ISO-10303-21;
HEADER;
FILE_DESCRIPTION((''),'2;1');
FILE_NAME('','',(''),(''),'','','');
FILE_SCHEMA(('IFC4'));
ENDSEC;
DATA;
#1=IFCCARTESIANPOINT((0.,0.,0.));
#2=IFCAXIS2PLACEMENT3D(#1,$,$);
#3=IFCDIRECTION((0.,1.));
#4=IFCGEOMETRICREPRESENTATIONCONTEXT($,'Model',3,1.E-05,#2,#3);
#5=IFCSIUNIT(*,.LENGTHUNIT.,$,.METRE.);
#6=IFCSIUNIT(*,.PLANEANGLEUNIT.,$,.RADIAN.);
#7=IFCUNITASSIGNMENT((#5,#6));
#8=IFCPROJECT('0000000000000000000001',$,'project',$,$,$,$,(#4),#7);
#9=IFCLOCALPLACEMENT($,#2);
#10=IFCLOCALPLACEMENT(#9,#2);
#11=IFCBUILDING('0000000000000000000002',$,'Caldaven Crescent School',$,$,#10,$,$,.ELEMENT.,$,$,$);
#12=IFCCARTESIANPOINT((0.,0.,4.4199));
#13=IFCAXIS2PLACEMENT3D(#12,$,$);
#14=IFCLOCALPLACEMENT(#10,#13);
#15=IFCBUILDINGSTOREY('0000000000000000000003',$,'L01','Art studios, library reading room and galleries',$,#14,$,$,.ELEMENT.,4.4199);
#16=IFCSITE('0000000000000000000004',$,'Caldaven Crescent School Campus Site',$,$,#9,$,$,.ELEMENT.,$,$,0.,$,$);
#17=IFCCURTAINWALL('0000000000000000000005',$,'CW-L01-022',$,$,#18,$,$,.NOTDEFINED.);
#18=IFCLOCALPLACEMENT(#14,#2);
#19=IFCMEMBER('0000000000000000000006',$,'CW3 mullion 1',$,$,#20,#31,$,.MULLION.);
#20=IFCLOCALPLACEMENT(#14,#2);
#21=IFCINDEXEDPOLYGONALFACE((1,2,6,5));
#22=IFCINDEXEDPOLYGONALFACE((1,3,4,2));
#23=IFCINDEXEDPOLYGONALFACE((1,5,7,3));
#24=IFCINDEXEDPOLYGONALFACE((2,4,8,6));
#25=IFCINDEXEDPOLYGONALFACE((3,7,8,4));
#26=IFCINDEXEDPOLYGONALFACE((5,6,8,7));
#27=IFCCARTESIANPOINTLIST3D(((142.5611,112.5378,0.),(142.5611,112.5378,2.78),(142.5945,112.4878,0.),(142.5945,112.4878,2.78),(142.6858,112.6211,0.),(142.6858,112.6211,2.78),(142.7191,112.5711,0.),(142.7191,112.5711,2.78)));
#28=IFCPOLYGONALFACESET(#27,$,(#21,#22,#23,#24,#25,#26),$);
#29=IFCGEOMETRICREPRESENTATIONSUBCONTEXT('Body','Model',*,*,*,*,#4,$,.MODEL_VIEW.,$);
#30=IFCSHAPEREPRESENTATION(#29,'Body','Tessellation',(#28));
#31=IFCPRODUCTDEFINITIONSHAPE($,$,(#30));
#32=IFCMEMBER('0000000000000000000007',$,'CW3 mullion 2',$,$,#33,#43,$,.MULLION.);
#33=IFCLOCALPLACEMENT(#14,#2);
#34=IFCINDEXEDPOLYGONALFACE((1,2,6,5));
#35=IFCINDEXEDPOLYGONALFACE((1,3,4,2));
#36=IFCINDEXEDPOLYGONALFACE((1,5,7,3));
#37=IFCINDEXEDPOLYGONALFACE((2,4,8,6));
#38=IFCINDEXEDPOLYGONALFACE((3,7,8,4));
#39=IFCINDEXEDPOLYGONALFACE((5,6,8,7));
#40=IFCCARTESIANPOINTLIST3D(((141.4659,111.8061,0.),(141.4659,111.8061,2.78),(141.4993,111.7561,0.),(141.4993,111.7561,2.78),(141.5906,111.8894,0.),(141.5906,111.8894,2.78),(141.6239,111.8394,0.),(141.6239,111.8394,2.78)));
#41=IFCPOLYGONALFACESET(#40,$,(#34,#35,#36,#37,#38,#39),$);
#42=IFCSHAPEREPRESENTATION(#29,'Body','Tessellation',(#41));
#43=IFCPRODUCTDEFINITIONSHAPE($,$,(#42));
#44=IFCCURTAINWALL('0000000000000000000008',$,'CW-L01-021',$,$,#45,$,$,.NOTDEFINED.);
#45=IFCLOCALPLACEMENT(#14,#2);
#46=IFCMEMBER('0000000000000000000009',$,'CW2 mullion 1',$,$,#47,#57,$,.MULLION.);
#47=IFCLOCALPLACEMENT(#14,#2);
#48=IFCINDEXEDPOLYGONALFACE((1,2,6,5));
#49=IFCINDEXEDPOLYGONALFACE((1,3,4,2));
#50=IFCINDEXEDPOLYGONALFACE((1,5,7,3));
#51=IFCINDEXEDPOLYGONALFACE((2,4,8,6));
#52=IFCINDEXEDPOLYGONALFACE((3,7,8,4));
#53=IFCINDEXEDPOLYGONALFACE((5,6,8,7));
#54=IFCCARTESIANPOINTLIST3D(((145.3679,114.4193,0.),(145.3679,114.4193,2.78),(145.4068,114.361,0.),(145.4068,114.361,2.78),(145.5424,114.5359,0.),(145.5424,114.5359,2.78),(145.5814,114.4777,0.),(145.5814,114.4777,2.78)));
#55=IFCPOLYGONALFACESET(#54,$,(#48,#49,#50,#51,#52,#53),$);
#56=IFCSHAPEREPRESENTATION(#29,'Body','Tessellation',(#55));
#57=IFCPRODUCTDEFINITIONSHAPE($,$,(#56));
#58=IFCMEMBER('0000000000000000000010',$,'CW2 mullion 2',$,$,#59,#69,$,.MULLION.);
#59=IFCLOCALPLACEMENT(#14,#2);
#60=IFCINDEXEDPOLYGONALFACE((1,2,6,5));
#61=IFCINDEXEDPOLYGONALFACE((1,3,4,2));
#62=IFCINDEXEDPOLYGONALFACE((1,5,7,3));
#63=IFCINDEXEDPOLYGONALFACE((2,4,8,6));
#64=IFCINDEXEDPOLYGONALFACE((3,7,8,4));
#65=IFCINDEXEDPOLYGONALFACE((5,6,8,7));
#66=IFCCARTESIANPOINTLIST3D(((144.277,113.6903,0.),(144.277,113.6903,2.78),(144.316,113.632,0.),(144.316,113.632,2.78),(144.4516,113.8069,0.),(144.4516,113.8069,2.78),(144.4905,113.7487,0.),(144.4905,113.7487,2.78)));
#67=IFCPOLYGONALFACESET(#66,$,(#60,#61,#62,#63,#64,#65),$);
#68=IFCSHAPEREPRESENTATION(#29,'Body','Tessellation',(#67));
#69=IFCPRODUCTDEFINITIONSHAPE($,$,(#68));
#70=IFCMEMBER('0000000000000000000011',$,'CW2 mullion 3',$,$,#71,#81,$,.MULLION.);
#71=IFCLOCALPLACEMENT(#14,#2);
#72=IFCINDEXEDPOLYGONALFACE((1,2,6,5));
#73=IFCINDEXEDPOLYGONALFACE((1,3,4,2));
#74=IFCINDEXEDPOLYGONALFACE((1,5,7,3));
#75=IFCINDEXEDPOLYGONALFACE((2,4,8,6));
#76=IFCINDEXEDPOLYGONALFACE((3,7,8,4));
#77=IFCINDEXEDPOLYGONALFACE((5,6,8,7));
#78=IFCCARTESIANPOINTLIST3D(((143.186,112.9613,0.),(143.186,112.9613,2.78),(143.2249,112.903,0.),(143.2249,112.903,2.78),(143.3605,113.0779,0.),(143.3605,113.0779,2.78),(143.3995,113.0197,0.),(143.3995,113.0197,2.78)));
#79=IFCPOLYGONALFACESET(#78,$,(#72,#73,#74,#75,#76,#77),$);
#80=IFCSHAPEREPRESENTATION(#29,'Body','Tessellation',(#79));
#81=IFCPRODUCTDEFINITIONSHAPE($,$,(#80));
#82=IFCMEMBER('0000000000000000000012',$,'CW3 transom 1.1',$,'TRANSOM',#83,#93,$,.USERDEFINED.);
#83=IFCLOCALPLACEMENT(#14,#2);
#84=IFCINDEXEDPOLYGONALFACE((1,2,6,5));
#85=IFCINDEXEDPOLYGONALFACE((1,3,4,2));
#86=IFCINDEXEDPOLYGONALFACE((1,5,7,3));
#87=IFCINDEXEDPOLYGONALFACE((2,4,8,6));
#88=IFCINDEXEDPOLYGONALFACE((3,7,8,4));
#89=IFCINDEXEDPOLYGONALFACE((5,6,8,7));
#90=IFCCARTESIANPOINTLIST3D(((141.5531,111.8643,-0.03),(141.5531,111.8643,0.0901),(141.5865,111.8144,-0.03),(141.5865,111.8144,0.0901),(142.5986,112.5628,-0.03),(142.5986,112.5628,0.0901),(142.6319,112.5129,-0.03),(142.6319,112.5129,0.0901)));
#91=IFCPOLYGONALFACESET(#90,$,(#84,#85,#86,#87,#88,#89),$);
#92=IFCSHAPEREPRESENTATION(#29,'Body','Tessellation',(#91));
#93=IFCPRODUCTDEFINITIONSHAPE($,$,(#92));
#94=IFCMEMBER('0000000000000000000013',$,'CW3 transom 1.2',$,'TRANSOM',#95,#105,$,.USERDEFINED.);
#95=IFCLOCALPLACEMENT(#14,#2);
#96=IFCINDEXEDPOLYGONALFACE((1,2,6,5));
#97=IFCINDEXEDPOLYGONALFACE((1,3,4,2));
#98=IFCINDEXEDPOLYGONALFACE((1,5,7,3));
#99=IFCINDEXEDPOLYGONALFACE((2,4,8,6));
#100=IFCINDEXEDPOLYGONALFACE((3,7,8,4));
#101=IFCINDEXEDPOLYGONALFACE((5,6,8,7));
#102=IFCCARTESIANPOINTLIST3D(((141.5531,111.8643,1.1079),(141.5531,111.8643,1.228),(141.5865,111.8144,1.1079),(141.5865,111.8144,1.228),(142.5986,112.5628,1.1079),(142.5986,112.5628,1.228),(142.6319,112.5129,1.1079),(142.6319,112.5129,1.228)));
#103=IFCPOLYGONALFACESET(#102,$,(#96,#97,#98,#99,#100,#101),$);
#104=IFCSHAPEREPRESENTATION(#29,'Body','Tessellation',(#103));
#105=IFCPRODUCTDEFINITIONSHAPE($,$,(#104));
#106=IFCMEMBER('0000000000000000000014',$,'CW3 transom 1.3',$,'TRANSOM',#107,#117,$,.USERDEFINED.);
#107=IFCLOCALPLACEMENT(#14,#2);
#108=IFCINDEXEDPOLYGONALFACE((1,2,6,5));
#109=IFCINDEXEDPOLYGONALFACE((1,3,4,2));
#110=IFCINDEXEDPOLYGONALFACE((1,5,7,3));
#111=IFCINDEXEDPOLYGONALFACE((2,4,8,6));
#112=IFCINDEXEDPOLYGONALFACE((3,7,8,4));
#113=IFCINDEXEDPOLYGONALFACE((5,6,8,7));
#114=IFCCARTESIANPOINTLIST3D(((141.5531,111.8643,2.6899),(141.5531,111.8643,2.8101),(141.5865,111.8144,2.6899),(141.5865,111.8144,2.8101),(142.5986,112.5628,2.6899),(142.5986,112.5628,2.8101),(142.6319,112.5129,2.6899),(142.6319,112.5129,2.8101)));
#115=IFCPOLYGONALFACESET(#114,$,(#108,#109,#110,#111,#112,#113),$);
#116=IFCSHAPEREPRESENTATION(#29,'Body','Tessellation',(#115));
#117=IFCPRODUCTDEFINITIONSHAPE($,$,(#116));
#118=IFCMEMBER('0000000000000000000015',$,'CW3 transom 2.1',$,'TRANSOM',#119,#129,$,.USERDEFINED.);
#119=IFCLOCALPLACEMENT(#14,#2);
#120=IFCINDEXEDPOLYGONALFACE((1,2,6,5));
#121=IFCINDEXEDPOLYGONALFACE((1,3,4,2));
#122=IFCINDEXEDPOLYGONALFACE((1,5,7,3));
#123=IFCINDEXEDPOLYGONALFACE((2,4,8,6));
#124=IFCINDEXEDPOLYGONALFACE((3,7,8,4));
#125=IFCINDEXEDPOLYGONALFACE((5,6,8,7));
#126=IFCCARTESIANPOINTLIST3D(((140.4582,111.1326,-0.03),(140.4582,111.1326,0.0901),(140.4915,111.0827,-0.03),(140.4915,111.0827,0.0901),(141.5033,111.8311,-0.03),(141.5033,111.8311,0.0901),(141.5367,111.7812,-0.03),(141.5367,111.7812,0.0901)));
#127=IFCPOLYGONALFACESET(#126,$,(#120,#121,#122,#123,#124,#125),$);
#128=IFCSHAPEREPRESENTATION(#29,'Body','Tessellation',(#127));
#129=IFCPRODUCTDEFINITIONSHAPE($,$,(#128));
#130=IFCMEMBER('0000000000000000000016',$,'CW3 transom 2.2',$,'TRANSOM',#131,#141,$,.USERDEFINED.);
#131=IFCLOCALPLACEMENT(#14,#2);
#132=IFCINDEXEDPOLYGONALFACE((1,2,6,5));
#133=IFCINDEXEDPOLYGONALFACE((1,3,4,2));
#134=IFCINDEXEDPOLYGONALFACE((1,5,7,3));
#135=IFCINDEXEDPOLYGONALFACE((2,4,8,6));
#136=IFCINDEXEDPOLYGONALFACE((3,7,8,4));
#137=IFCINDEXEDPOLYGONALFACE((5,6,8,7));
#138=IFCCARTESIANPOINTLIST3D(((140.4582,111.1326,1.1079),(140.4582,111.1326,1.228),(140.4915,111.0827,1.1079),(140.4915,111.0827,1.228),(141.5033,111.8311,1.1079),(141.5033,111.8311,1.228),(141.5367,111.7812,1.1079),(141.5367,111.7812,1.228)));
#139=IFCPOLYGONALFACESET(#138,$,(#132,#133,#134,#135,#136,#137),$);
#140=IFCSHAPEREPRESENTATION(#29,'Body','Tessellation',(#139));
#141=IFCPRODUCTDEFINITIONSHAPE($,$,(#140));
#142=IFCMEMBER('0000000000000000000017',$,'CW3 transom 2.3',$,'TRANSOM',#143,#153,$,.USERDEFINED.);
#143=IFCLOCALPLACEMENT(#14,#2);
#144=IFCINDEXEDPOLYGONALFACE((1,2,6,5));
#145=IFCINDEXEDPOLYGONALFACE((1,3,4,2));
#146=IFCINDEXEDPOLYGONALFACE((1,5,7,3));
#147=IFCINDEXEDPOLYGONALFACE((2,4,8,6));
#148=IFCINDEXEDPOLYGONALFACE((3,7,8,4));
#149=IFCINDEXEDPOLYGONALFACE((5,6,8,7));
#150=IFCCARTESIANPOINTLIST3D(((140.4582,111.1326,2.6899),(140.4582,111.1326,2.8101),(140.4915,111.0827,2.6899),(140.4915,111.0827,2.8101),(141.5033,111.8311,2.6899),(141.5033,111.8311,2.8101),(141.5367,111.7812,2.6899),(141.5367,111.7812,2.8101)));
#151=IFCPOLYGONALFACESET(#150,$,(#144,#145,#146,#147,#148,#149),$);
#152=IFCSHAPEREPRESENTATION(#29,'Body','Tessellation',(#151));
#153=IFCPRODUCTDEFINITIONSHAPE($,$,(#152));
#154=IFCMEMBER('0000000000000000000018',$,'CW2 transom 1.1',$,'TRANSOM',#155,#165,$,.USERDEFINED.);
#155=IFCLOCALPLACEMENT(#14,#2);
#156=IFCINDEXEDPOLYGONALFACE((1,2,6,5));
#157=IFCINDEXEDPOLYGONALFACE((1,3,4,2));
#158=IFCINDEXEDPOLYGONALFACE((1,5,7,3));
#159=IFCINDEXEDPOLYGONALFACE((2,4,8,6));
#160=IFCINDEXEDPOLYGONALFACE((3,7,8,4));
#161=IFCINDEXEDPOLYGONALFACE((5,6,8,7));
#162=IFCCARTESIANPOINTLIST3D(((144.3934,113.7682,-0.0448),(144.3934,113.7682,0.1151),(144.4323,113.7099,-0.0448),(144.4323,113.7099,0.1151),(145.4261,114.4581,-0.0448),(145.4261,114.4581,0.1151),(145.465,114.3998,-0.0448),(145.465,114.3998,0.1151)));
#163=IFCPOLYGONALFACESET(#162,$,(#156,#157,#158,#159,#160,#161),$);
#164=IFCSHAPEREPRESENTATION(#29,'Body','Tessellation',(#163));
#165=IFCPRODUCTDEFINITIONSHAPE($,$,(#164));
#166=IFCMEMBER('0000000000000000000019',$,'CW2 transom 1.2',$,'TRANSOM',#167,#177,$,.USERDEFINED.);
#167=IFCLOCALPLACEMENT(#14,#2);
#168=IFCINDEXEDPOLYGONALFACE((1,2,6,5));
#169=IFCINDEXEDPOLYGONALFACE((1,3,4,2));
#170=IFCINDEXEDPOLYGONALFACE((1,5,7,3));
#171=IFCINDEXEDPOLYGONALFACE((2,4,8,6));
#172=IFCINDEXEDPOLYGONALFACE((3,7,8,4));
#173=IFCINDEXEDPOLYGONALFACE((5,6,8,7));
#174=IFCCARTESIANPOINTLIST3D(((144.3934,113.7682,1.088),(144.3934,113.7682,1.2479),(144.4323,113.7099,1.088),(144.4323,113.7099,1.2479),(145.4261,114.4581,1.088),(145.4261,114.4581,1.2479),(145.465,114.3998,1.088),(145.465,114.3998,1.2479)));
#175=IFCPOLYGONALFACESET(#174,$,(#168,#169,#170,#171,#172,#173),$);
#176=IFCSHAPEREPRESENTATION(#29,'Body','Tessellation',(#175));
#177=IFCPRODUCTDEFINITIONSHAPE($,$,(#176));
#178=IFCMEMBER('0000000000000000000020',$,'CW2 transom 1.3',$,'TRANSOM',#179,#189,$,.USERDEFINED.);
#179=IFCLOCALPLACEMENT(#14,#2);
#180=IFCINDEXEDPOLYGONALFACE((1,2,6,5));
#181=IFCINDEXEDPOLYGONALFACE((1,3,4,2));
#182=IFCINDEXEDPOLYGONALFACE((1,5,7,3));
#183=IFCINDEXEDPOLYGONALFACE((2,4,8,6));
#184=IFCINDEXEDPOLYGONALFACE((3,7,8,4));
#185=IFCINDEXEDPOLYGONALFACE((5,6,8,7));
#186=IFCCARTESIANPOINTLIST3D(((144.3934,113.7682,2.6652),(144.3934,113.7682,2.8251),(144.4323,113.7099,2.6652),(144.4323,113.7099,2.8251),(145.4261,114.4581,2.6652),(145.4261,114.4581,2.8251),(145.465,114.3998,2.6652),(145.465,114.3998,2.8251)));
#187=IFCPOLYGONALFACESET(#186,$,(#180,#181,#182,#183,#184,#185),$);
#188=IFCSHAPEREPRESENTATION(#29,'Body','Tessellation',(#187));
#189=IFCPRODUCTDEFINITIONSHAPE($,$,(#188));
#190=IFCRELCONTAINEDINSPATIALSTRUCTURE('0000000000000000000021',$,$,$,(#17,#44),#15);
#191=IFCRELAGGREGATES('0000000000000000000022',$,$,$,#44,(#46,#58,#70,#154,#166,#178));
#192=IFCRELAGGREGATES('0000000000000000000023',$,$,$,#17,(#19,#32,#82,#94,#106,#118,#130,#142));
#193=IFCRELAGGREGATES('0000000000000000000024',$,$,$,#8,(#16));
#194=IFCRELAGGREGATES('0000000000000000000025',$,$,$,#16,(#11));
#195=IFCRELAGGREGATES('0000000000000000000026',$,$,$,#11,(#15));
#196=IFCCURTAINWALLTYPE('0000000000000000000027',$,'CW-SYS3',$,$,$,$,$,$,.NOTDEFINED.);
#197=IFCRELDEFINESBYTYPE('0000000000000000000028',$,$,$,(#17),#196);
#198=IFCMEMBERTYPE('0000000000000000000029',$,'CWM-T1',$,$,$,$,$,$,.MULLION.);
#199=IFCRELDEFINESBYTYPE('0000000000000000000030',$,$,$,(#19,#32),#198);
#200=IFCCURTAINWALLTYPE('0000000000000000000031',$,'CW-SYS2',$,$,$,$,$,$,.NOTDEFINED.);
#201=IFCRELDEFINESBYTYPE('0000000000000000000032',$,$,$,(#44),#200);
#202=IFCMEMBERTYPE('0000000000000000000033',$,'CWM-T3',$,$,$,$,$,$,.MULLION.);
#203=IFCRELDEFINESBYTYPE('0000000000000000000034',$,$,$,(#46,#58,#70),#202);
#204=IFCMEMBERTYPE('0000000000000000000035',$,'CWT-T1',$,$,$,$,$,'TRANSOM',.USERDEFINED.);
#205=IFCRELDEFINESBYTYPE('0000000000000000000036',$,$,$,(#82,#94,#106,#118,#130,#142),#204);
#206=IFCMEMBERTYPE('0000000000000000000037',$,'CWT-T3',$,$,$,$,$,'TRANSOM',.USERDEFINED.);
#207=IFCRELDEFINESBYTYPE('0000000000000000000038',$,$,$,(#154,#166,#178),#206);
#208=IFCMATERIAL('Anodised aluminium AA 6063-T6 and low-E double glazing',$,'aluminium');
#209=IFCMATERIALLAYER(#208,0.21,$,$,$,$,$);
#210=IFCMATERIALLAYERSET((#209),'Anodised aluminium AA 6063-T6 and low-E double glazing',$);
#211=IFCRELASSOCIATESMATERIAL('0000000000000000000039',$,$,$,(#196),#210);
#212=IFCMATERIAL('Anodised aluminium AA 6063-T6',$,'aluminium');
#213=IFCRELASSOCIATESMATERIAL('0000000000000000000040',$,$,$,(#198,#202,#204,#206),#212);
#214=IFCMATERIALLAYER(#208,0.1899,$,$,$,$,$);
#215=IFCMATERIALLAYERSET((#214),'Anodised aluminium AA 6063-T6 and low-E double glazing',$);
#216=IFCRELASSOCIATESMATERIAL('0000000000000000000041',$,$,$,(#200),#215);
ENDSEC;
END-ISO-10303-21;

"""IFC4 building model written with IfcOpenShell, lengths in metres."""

from ifc_helpers import new_model, si_unit, direction, frame, origin, origin_2d, place, context, subcontext, project, spatial, rectangle, extrude, material, layer, layer_set, material_profile, profile_set, type_object, element, aggregate, save


model = new_model("IFC4")

# Units and contexts
model_context = context("Model", 3, precision=1e-05, world=origin(), true_north=direction((0.0, 1.0)))
body_context = subcontext(model_context, "Body", "Model", "MODEL_VIEW")
ifc_project = project(units=[si_unit("LENGTHUNIT", "METRE"), si_unit("PLANEANGLEUNIT", "RADIAN")], contexts=[model_context])

# Site, building, storey
site_placement = place(None, origin())
site = spatial("IfcSite", under=ifc_project, at=site_placement, Name="Caldaven Crescent School Campus Site", CompositionType="ELEMENT", RefElevation=0.0)
building_placement = place(site_placement, origin())
building = spatial("IfcBuilding", under=site, at=building_placement, Name="Caldaven Crescent School", CompositionType="ELEMENT")
storey_placement = place(building_placement, frame((0.0, 0.0, 4.4199)))
storey = spatial("IfcBuildingStorey", under=building, at=storey_placement, Name="L01", Description="Art studios, library reading room and galleries", CompositionType="ELEMENT", Elevation=4.4199)

# Curtain walls, members
ifc_material_1 = material(Name="Anodised aluminium AA 6063-T6 and low-E double glazing", Category="aluminium")
ifc_layer_1 = layer(ifc_material_1, 0.21)
ifc_layer_set_1 = layer_set([ifc_layer_1], Name="Anodised aluminium AA 6063-T6 and low-E double glazing")
curtain_wall_type_1 = type_object("IfcCurtainWallType", Name="CW-SYS3", PredefinedType="NOTDEFINED", material=ifc_layer_set_1)
curtain_wall_1_placement = place(storey_placement, origin())
curtain_wall_1 = element("IfcCurtainWall", 1, at=curtain_wall_1_placement, inside=storey, type_object=curtain_wall_type_1, Name="CW-L01-022", PredefinedType="NOTDEFINED")
ifc_material_2 = material(Name="Anodised aluminium AA 6063-T6", Category="aluminium")
ifc_material_profile_1 = material_profile(ifc_material_2, rectangle(XDim=0.0601, YDim=0.1499, at=origin_2d()), Name="CWM 60x150")
ifc_profile_set_1 = profile_set([ifc_material_profile_1], Name="Anodised aluminium AA 6063-T6")
member_type_1 = type_object("IfcMemberType", Name="CWM-T1", PredefinedType="MULLION", material=ifc_profile_set_1)
member_1_placement = place(storey_placement, frame((142.6401, 112.5544, 0.0), z_axis=(0.0, 0.0, 1.0), x_axis=(0.555572, -0.831469, 0.0)))
member_1 = element("IfcMember", 2, at=member_1_placement, type_object=member_type_1, Name="CW3 mullion 1", PredefinedType="MULLION", context=body_context, shape_type="SweptSolid", body=[
    extrude(rectangle(XDim=0.0601, YDim=0.1499, at=origin_2d()), origin(), (0.0, 0.0, 1.0), 2.78),
])
member_2_placement = place(storey_placement, frame((141.5449, 111.8228, 0.0), z_axis=(0.0, 0.0, 1.0), x_axis=(0.555572, -0.831469, 0.0)))
member_2 = element("IfcMember", 3, at=member_2_placement, type_object=member_type_1, Name="CW3 mullion 2", PredefinedType="MULLION", context=body_context, shape_type="SweptSolid", body=[
    extrude(rectangle(XDim=0.0601, YDim=0.1499, at=origin_2d()), origin(), (0.0, 0.0, 1.0), 2.78),
])
ifc_layer_2 = layer(ifc_material_1, 0.1899)
ifc_layer_set_2 = layer_set([ifc_layer_2], Name="Anodised aluminium AA 6063-T6 and low-E double glazing")
curtain_wall_type_2 = type_object("IfcCurtainWallType", Name="CW-SYS2", PredefinedType="NOTDEFINED", material=ifc_layer_set_2)
curtain_wall_2_placement = place(storey_placement, origin())
curtain_wall_2 = element("IfcCurtainWall", 4, at=curtain_wall_2_placement, inside=storey, type_object=curtain_wall_type_2, Name="CW-L01-021", PredefinedType="NOTDEFINED")
ifc_material_profile_2 = material_profile(ifc_material_2, rectangle(XDim=0.0701, YDim=0.21, at=origin_2d()), Name="CWM 70x210")
ifc_profile_set_2 = profile_set([ifc_material_profile_2], Name="Anodised aluminium AA 6063-T6")
member_type_2 = type_object("IfcMemberType", Name="CWM-T3", PredefinedType="MULLION", material=ifc_profile_set_2)
member_3_placement = place(storey_placement, frame((145.4746, 114.4485, 0.0), z_axis=(0.0, 0.0, 1.0), x_axis=(0.555569, -0.83147, 0.0)))
member_3 = element("IfcMember", 5, at=member_3_placement, type_object=member_type_2, Name="CW2 mullion 1", PredefinedType="MULLION", context=body_context, shape_type="SweptSolid", body=[
    extrude(rectangle(XDim=0.0701, YDim=0.21, at=origin_2d()), origin(), (0.0, 0.0, 1.0), 2.78),
])
member_4_placement = place(storey_placement, frame((144.3838, 113.7195, 0.0), z_axis=(0.0, 0.0, 1.0), x_axis=(0.555569, -0.83147, 0.0)))
member_4 = element("IfcMember", 6, at=member_4_placement, type_object=member_type_2, Name="CW2 mullion 2", PredefinedType="MULLION", context=body_context, shape_type="SweptSolid", body=[
    extrude(rectangle(XDim=0.0701, YDim=0.21, at=origin_2d()), origin(), (0.0, 0.0, 1.0), 2.78),
])
member_5_placement = place(storey_placement, frame((143.2927, 112.9905, 0.0), z_axis=(0.0, 0.0, 1.0), x_axis=(0.555569, -0.83147, 0.0)))
member_5 = element("IfcMember", 7, at=member_5_placement, type_object=member_type_2, Name="CW2 mullion 3", PredefinedType="MULLION", context=body_context, shape_type="SweptSolid", body=[
    extrude(rectangle(XDim=0.0701, YDim=0.21, at=origin_2d()), origin(), (0.0, 0.0, 1.0), 2.78),
])

# Members
ifc_material_profile_3 = material_profile(ifc_material_2, rectangle(XDim=0.0601, YDim=0.1201, at=origin_2d()), Name="CWT 60x120")
ifc_profile_set_3 = profile_set([ifc_material_profile_3], Name="Anodised aluminium AA 6063-T6")
member_type_3 = type_object("IfcMemberType", Name="CWT-T1", ElementType="TRANSOM", PredefinedType="USERDEFINED", material=ifc_profile_set_3)
member_6_placement = place(storey_placement, frame((142.6152, 112.5378, 0.03), z_axis=(-0.831482, -0.555551, 0.0), x_axis=(0.555551, -0.831482, 0.0)))
member_6 = element("IfcMember", 8, at=member_6_placement, type_object=member_type_3, Name="CW3 transom 1.1", ObjectType="TRANSOM", PredefinedType="USERDEFINED", context=body_context, shape_type="SweptSolid", body=[
    extrude(rectangle(XDim=0.0601, YDim=0.1201, at=origin_2d()), origin(), (0.0, 0.0, 1.0), 1.2573),
])
member_7_placement = place(storey_placement, frame((142.6152, 112.5378, 1.168), z_axis=(-0.831482, -0.555551, 0.0), x_axis=(0.555551, -0.831482, 0.0)))
member_7 = element("IfcMember", 9, at=member_7_placement, type_object=member_type_3, Name="CW3 transom 1.2", ObjectType="TRANSOM", PredefinedType="USERDEFINED", context=body_context, shape_type="SweptSolid", body=[
    extrude(rectangle(XDim=0.0601, YDim=0.1201, at=origin_2d()), origin(), (0.0, 0.0, 1.0), 1.2573),
])
member_8_placement = place(storey_placement, frame((142.6152, 112.5378, 2.75), z_axis=(-0.831482, -0.555551, 0.0), x_axis=(0.555551, -0.831482, 0.0)))
member_8 = element("IfcMember", 10, at=member_8_placement, type_object=member_type_3, Name="CW3 transom 1.3", ObjectType="TRANSOM", PredefinedType="USERDEFINED", context=body_context, shape_type="SweptSolid", body=[
    extrude(rectangle(XDim=0.0601, YDim=0.1201, at=origin_2d()), origin(), (0.0, 0.0, 1.0), 1.2573),
])
member_9_placement = place(storey_placement, frame((141.52, 111.8062, 0.03), z_axis=(-0.831422, -0.555641, 0.0), x_axis=(0.555641, -0.831422, 0.0)))
member_9 = element("IfcMember", 11, at=member_9_placement, type_object=member_type_3, Name="CW3 transom 2.1", ObjectType="TRANSOM", PredefinedType="USERDEFINED", context=body_context, shape_type="SweptSolid", body=[
    extrude(rectangle(XDim=0.0601, YDim=0.1201, at=origin_2d()), origin(), (0.0, 0.0, 1.0), 1.2571),
])
member_10_placement = place(storey_placement, frame((141.52, 111.8062, 1.168), z_axis=(-0.831422, -0.555641, 0.0), x_axis=(0.555641, -0.831422, 0.0)))
member_10 = element("IfcMember", 12, at=member_10_placement, type_object=member_type_3, Name="CW3 transom 2.2", ObjectType="TRANSOM", PredefinedType="USERDEFINED", context=body_context, shape_type="SweptSolid", body=[
    extrude(rectangle(XDim=0.0601, YDim=0.1201, at=origin_2d()), origin(), (0.0, 0.0, 1.0), 1.2571),
])
member_11_placement = place(storey_placement, frame((141.52, 111.8062, 2.75), z_axis=(-0.831422, -0.555641, 0.0), x_axis=(0.555641, -0.831422, 0.0)))
member_11 = element("IfcMember", 13, at=member_11_placement, type_object=member_type_3, Name="CW3 transom 2.3", ObjectType="TRANSOM", PredefinedType="USERDEFINED", context=body_context, shape_type="SweptSolid", body=[
    extrude(rectangle(XDim=0.0601, YDim=0.1201, at=origin_2d()), origin(), (0.0, 0.0, 1.0), 1.2571),
])
ifc_material_profile_4 = material_profile(ifc_material_2, rectangle(XDim=0.0701, YDim=0.1599, at=origin_2d()), Name="CWT 70x160")
ifc_profile_set_4 = profile_set([ifc_material_profile_4], Name="Anodised aluminium AA 6063-T6")
member_type_4 = type_object("IfcMemberType", Name="CWT-T3", ElementType="TRANSOM", PredefinedType="USERDEFINED", material=ifc_profile_set_4)
member_12_placement = place(storey_placement, frame((145.4456, 114.429, 0.0352), z_axis=(-0.831506, -0.555516, 0.0), x_axis=(0.555516, -0.831506, 0.0)))
member_12 = element("IfcMember", 14, at=member_12_placement, type_object=member_type_4, Name="CW2 transom 1.1", ObjectType="TRANSOM", PredefinedType="USERDEFINED", context=body_context, shape_type="SweptSolid", body=[
    extrude(rectangle(XDim=0.0701, YDim=0.1599, at=origin_2d()), origin(), (0.0, 0.0, 1.0), 1.2419),
])
member_13_placement = place(storey_placement, frame((145.4456, 114.429, 1.168), z_axis=(-0.831506, -0.555516, 0.0), x_axis=(0.555516, -0.831506, 0.0)))
member_13 = element("IfcMember", 15, at=member_13_placement, type_object=member_type_4, Name="CW2 transom 1.2", ObjectType="TRANSOM", PredefinedType="USERDEFINED", context=body_context, shape_type="SweptSolid", body=[
    extrude(rectangle(XDim=0.0701, YDim=0.1599, at=origin_2d()), origin(), (0.0, 0.0, 1.0), 1.2419),
])
member_14_placement = place(storey_placement, frame((145.4456, 114.429, 2.7451), z_axis=(-0.831506, -0.555516, 0.0), x_axis=(0.555516, -0.831506, 0.0)))
member_14 = element("IfcMember", 16, at=member_14_placement, type_object=member_type_4, Name="CW2 transom 1.3", ObjectType="TRANSOM", PredefinedType="USERDEFINED", context=body_context, shape_type="SweptSolid", body=[
    extrude(rectangle(XDim=0.0701, YDim=0.1599, at=origin_2d()), origin(), (0.0, 0.0, 1.0), 1.2419),
])

aggregate(curtain_wall_2, [member_3, member_4, member_5, member_12, member_13, member_14])
aggregate(curtain_wall_1, [member_1, member_2, member_6, member_7, member_8, member_9, member_10, member_11])

save(model, "model.ifc")
